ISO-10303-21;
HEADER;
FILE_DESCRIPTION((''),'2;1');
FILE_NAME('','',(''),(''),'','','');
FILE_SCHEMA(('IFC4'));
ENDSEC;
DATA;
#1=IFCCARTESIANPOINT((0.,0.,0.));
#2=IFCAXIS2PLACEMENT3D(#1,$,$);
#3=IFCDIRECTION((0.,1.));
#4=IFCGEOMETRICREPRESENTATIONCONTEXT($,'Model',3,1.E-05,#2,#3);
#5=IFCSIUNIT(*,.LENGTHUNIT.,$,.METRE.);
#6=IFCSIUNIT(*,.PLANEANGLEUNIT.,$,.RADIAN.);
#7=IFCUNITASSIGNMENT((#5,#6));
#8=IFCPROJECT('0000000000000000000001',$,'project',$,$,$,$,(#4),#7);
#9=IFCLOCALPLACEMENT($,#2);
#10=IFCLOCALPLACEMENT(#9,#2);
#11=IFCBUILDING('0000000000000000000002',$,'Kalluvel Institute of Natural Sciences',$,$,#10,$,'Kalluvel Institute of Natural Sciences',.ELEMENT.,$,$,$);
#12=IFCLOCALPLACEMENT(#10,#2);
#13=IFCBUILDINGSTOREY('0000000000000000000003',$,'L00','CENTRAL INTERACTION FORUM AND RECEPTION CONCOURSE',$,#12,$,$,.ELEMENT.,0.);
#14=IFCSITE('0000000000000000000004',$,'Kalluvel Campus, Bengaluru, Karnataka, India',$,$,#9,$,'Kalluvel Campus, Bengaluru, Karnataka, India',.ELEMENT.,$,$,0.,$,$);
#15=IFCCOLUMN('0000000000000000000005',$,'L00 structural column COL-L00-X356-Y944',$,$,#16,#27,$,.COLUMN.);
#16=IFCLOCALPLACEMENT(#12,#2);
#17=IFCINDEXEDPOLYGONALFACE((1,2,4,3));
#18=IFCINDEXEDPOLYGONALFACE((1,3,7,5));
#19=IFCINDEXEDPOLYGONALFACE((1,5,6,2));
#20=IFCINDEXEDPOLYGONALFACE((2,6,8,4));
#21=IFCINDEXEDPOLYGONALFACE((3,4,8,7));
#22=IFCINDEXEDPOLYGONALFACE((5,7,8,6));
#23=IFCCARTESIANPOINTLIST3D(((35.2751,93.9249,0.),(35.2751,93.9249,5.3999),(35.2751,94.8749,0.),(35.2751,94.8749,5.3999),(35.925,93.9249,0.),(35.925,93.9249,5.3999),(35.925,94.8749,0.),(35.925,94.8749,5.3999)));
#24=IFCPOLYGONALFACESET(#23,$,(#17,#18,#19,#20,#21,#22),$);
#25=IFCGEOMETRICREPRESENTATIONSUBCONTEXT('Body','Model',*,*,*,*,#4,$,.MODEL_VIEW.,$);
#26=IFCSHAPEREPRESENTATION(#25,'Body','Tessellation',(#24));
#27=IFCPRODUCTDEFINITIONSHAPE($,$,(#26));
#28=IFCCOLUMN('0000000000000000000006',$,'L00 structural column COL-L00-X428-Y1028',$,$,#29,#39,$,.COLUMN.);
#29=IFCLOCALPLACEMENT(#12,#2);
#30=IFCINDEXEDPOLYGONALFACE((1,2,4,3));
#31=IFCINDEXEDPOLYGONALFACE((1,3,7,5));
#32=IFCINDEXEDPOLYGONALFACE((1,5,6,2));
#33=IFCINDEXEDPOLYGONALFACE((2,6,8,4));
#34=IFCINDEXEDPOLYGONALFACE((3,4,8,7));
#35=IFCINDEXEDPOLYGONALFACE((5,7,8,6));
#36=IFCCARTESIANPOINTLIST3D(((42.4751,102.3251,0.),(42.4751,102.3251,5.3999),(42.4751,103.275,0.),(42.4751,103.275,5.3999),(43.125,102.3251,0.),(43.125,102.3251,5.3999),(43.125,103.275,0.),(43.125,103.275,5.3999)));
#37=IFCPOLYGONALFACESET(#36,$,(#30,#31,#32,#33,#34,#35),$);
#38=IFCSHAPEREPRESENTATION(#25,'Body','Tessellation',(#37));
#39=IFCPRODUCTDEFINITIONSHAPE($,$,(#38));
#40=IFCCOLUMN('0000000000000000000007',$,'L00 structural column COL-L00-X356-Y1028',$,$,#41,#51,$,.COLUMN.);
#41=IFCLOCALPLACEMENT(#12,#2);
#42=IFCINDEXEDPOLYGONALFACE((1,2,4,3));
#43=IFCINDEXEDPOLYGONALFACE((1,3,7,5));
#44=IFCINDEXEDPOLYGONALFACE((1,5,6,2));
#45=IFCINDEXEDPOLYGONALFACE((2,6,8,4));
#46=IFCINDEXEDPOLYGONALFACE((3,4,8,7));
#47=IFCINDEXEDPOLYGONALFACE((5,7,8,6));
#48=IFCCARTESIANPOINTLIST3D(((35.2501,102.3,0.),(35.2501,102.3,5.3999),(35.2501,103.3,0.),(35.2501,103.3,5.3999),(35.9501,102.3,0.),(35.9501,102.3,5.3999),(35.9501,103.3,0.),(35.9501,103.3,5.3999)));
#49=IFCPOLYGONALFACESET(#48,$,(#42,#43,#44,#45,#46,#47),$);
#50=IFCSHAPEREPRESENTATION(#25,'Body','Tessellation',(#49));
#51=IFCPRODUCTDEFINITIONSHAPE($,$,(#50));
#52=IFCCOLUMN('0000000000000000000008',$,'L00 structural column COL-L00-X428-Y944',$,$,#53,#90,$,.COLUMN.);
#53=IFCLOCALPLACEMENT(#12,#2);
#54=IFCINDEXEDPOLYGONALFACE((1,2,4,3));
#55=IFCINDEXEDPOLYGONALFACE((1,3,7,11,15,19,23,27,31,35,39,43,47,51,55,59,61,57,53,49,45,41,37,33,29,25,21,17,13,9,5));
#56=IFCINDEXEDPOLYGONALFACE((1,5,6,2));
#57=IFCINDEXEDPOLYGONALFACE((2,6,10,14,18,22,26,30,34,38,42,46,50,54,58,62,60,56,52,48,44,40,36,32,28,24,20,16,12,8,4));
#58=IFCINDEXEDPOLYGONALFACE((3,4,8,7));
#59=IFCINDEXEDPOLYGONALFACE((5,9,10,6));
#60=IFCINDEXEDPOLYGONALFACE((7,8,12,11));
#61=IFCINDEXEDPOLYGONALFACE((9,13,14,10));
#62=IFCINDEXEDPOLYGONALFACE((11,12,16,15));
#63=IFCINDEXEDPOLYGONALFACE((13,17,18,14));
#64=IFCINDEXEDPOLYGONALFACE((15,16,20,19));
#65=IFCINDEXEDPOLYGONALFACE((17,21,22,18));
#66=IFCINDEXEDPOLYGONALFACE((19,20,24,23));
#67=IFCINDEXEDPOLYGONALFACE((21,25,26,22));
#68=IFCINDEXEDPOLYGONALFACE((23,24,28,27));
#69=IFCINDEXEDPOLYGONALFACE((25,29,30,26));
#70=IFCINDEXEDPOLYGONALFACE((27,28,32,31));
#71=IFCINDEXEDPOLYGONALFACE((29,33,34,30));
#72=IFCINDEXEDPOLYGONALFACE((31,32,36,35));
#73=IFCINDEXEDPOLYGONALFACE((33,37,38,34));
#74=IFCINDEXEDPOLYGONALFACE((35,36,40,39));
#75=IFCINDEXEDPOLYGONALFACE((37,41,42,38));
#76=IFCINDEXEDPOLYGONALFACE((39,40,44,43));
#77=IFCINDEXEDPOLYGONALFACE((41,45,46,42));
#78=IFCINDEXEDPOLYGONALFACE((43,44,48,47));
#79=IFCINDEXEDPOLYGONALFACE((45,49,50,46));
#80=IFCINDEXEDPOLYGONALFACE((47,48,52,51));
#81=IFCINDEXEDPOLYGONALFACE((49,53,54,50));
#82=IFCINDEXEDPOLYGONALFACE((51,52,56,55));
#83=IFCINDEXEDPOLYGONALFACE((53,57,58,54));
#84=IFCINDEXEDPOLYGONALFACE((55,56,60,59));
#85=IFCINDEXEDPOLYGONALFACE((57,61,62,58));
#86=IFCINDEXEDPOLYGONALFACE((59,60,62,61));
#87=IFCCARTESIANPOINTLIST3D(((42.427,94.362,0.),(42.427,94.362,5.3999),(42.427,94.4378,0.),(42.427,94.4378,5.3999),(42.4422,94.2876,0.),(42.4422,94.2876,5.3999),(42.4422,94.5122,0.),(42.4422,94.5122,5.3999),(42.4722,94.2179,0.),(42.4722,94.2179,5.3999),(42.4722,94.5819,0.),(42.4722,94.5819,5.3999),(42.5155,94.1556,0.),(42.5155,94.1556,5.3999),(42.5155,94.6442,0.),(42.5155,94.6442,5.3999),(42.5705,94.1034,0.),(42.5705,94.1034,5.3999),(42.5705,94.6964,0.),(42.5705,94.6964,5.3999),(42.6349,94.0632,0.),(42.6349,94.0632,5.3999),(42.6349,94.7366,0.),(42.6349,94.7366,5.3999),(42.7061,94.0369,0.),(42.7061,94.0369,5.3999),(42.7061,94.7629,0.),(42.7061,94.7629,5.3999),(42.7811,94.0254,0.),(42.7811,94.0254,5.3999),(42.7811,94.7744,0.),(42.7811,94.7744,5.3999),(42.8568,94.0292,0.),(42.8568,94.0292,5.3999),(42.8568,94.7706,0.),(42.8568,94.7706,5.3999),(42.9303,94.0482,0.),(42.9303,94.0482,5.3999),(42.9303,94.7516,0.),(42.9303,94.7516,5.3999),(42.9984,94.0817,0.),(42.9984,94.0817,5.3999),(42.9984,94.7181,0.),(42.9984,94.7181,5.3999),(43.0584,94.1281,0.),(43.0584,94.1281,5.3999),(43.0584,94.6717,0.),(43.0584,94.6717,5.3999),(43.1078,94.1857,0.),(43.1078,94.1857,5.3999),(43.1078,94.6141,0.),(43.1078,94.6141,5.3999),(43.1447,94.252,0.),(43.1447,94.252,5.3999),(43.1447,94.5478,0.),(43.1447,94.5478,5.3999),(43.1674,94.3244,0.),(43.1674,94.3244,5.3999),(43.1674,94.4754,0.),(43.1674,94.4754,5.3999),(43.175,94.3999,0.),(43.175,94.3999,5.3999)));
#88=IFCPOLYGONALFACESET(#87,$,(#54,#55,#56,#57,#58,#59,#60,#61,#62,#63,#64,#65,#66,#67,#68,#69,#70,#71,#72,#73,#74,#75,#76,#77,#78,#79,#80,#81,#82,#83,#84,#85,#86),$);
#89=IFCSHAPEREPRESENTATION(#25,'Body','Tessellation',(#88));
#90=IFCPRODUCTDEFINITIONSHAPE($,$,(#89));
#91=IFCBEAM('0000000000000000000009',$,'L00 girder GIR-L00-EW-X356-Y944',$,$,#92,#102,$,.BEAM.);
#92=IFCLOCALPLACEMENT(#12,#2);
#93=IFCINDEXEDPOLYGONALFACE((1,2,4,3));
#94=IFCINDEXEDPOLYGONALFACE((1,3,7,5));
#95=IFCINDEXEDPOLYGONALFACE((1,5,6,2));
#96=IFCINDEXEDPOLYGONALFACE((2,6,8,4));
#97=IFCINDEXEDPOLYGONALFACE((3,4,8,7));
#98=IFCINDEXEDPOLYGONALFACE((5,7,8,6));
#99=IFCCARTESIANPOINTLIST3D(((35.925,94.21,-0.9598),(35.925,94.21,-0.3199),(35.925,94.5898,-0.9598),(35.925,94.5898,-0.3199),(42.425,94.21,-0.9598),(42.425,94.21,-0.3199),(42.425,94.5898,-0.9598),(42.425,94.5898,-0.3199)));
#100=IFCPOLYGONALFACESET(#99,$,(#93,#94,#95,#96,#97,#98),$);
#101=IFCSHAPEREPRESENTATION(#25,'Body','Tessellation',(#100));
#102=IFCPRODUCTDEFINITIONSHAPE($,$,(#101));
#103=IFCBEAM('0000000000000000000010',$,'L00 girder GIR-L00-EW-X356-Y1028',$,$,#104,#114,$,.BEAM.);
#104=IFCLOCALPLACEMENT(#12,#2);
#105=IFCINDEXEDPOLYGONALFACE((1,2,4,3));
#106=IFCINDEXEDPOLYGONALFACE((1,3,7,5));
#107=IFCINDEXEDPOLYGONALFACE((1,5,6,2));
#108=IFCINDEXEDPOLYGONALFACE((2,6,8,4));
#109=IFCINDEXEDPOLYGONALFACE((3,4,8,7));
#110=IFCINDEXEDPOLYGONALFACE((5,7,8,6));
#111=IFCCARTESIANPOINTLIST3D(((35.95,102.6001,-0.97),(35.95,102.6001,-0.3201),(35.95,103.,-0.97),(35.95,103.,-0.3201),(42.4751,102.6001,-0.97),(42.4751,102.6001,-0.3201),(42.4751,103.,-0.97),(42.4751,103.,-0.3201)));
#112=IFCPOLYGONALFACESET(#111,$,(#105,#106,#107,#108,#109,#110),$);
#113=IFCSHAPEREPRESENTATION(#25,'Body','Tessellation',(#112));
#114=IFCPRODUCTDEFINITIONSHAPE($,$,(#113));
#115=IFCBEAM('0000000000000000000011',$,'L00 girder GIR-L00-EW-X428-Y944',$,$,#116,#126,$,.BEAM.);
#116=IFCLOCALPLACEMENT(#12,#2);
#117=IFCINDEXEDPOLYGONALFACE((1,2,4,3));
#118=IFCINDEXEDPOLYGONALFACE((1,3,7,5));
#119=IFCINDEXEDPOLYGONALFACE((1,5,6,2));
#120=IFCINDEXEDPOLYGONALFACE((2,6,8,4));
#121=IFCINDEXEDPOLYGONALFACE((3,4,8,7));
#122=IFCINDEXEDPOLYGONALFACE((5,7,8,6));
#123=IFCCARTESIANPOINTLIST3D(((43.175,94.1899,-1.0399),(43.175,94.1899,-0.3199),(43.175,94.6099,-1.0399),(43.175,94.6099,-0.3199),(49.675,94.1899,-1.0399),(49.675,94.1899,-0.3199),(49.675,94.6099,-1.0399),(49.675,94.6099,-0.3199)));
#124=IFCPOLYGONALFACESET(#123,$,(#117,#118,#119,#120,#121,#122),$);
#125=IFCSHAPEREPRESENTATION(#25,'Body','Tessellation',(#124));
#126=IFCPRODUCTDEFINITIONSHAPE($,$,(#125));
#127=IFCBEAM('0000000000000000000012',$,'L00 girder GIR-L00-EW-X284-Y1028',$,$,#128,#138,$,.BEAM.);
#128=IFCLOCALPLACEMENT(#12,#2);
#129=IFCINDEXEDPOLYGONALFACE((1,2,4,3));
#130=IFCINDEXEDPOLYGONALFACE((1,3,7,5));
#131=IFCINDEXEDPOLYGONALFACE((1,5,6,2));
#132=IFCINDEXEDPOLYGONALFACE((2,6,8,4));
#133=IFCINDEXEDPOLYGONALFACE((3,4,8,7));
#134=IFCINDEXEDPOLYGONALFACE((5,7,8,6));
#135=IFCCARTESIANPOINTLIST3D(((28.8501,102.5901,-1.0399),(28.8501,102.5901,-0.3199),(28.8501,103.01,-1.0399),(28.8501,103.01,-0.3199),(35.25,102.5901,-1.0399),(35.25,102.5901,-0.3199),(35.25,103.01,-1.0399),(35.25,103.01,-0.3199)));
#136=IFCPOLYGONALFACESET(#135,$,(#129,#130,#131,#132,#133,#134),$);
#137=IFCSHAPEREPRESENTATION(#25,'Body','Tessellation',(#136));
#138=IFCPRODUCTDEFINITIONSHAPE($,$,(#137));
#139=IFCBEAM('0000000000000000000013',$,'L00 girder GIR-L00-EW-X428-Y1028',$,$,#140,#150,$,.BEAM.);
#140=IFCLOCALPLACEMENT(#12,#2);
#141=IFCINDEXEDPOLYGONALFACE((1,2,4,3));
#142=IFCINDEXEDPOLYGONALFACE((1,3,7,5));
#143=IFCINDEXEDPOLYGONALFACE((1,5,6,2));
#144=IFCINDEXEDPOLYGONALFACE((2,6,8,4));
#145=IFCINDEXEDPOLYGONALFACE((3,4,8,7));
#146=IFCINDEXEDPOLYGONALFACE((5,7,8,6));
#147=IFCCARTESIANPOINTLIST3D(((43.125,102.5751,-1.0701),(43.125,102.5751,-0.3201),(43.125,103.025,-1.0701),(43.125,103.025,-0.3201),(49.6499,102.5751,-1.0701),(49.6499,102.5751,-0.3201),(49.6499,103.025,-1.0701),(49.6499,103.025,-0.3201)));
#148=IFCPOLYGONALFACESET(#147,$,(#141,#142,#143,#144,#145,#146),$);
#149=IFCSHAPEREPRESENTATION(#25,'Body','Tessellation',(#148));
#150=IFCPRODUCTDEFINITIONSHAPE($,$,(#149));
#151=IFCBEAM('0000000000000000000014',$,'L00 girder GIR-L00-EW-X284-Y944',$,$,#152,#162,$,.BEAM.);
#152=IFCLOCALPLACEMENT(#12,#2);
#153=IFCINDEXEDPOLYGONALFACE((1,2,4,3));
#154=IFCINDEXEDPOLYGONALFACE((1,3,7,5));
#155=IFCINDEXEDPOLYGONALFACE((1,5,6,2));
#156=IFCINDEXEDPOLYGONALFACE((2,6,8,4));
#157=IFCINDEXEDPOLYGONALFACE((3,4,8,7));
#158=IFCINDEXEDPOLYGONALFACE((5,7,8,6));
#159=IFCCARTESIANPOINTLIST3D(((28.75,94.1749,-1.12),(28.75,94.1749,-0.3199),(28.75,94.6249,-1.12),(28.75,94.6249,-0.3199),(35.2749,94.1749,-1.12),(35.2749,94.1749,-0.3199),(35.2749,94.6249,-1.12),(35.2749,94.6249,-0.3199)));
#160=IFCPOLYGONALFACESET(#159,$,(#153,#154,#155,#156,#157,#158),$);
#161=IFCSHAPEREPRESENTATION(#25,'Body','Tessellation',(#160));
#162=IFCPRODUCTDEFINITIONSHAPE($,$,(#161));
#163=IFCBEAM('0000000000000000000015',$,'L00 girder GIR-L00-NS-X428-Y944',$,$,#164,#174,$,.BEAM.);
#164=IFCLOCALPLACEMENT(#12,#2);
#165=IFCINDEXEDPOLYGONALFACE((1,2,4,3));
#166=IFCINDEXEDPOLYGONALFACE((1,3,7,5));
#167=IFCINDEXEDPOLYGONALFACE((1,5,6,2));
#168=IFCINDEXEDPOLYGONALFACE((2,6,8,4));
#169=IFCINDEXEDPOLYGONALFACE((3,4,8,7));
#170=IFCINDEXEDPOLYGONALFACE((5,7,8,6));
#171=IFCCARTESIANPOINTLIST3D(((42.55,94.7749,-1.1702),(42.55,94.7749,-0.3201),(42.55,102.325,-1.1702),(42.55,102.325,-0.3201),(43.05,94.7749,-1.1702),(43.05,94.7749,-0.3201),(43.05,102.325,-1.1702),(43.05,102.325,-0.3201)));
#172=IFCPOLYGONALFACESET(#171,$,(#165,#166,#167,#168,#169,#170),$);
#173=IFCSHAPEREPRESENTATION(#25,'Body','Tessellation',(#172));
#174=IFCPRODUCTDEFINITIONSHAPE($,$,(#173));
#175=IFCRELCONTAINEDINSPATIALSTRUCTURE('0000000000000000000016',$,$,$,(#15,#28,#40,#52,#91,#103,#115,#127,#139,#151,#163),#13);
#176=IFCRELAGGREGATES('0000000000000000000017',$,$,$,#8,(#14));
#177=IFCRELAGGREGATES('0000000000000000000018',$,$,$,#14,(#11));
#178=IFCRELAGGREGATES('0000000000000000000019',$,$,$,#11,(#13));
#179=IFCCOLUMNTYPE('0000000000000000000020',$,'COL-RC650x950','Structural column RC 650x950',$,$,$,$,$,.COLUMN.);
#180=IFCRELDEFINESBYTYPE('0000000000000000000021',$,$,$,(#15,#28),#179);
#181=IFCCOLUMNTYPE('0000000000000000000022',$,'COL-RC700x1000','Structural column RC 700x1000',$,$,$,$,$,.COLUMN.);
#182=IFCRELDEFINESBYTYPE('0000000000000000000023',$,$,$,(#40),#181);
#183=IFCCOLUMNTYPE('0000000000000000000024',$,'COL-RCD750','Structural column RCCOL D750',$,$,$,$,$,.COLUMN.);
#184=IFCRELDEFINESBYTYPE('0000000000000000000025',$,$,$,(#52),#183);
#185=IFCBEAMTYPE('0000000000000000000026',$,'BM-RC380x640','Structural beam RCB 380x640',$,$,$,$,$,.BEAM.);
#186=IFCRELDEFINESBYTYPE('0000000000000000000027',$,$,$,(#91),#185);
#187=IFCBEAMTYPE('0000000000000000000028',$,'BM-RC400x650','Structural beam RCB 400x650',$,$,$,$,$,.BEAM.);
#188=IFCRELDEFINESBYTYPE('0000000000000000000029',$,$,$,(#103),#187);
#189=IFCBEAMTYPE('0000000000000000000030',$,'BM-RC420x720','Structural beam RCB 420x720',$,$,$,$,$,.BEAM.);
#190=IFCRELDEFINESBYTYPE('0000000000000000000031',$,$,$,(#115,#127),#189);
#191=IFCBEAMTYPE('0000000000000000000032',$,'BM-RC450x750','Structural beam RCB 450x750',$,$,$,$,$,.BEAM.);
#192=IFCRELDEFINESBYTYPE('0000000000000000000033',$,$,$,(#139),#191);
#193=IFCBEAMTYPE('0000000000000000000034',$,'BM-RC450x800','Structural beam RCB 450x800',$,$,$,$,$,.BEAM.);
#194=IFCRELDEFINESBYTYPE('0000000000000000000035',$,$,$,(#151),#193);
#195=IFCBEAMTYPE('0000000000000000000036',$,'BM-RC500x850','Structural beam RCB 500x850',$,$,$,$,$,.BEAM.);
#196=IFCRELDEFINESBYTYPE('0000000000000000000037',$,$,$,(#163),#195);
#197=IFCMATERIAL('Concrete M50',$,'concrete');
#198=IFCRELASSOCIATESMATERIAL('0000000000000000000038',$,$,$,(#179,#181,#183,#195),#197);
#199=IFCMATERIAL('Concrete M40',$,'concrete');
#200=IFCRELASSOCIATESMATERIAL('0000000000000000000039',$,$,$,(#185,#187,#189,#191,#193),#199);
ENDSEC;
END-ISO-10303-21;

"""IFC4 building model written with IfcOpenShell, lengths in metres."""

from ifc_helpers import new_model, si_unit, direction, frame, origin, origin_2d, place, context, subcontext, project, spatial, rectangle, circle, extrude, material, material_profile, profile_set, type_object, element, save


model = new_model("IFC4")

# Units and contexts
model_context = context("Model", 3, precision=1e-05, world=origin(), true_north=direction((0.0, 1.0)))
body_context = subcontext(model_context, "Body", "Model", "MODEL_VIEW")
ifc_project = project(units=[si_unit("LENGTHUNIT", "METRE"), si_unit("PLANEANGLEUNIT", "RADIAN")], contexts=[model_context])

# Site, building, storey
site_placement = place(None, origin())
site = spatial("IfcSite", under=ifc_project, at=site_placement, Name="Kalluvel Campus, Bengaluru, Karnataka, India", LongName="Kalluvel Campus, Bengaluru, Karnataka, India", CompositionType="ELEMENT", RefElevation=0.0)
building_placement = place(site_placement, origin())
building = spatial("IfcBuilding", under=site, at=building_placement, Name="Kalluvel Institute of Natural Sciences", LongName="Kalluvel Institute of Natural Sciences", CompositionType="ELEMENT")
storey_placement = place(building_placement, origin())
storey = spatial("IfcBuildingStorey", under=building, at=storey_placement, Name="L00", Description="CENTRAL INTERACTION FORUM AND RECEPTION CONCOURSE", CompositionType="ELEMENT", Elevation=0.0)

# Columns
ifc_material_1 = material(Name="Concrete M50", Category="concrete")
ifc_material_profile_1 = material_profile(ifc_material_1, rectangle(XDim=0.6499, YDim=0.95, at=origin_2d()), Name="RC 650x950")
ifc_profile_set_1 = profile_set([ifc_material_profile_1], Name="Concrete M50")
column_type_1 = type_object("IfcColumnType", Name="COL-RC650x950", Description="Structural column RC 650x950", PredefinedType="COLUMN", material=ifc_profile_set_1)
for number, where, z_axis, x_axis, name in (
    (1, (35.6001, 94.3999, 0.0), (0.0, 0.0, 1.0), (1.0, 0.0, 0.0), "L00 structural column COL-L00-X356-Y944"),
    (2, (42.8, 102.8, 0.0), (0.0, 0.0, 1.0), (1.0, 0.0, 0.0), "L00 structural column COL-L00-X428-Y1028"),
):
    element("IfcColumn", number, at=place(storey_placement, frame(where, z_axis=z_axis, x_axis=x_axis)), inside=storey, type_object=column_type_1, Name=name, PredefinedType="COLUMN", context=body_context, shape_type="SweptSolid", body=[
        extrude(rectangle(XDim=0.6499, YDim=0.95, at=origin_2d()), origin(), (0.0, 0.0, 1.0), 5.3999),
    ])
ifc_material_profile_2 = material_profile(ifc_material_1, rectangle(XDim=0.7, YDim=1.0, at=origin_2d()), Name="RC 700x1000")
ifc_profile_set_2 = profile_set([ifc_material_profile_2], Name="Concrete M50")
column_type_2 = type_object("IfcColumnType", Name="COL-RC700x1000", Description="Structural column RC 700x1000", PredefinedType="COLUMN", material=ifc_profile_set_2)
column_1_placement = place(storey_placement, frame((35.6001, 102.8, 0.0), z_axis=(0.0, 0.0, 1.0), x_axis=(1.0, 0.0, 0.0)))
element("IfcColumn", 3, at=column_1_placement, inside=storey, type_object=column_type_2, Name="L00 structural column COL-L00-X356-Y1028", PredefinedType="COLUMN", context=body_context, shape_type="SweptSolid", body=[
    extrude(rectangle(XDim=0.7, YDim=1.0, at=origin_2d()), origin(), (0.0, 0.0, 1.0), 5.3999),
])
ifc_material_profile_3 = material_profile(ifc_material_1, circle(Radius=0.375, at=origin_2d()), Name="RCCOL D750")
ifc_profile_set_3 = profile_set([ifc_material_profile_3], Name="Concrete M50")
column_type_3 = type_object("IfcColumnType", Name="COL-RCD750", Description="Structural column RCCOL D750", PredefinedType="COLUMN", material=ifc_profile_set_3)
column_2_placement = place(storey_placement, frame((42.8, 94.3999, 0.0), z_axis=(0.0, 0.0, 1.0), x_axis=(1.0, 0.0, 0.0)))
element("IfcColumn", 4, at=column_2_placement, inside=storey, type_object=column_type_3, Name="L00 structural column COL-L00-X428-Y944", PredefinedType="COLUMN", context=body_context, shape_type="SweptSolid", body=[
    extrude(circle(Radius=0.375, at=origin_2d()), origin(), (0.0, 0.0, 1.0), 5.3999),
])

# Beams
ifc_material_2 = material(Name="Concrete M40", Category="concrete")
ifc_material_profile_4 = material_profile(ifc_material_2, rectangle(XDim=0.3799, YDim=0.6399, at=origin_2d()), Name="RCB 380x640")
ifc_profile_set_4 = profile_set([ifc_material_profile_4], Name="Concrete M40")
beam_type_1 = type_object("IfcBeamType", Name="BM-RC380x640", Description="Structural beam RCB 380x640", PredefinedType="BEAM", material=ifc_profile_set_4)
beam_1_placement = place(storey_placement, frame((35.925, 94.3999, -0.6399), z_axis=(1.0, 0.0, 0.0), x_axis=(0.0, 1.0, 0.0)))
element("IfcBeam", 5, at=beam_1_placement, inside=storey, type_object=beam_type_1, Name="L00 girder GIR-L00-EW-X356-Y944", PredefinedType="BEAM", context=body_context, shape_type="SweptSolid", body=[
    extrude(rectangle(XDim=0.3799, YDim=0.6399, at=origin_2d()), origin(), (0.0, 0.0, 1.0), 6.5),
])
ifc_material_profile_5 = material_profile(ifc_material_2, rectangle(XDim=0.3999, YDim=0.6499, at=origin_2d()), Name="RCB 400x650")
ifc_profile_set_5 = profile_set([ifc_material_profile_5], Name="Concrete M40")
beam_type_2 = type_object("IfcBeamType", Name="BM-RC400x650", Description="Structural beam RCB 400x650", PredefinedType="BEAM", material=ifc_profile_set_5)
beam_2_placement = place(storey_placement, frame((35.95, 102.8, -0.645), z_axis=(1.0, 0.0, 0.0), x_axis=(0.0, 1.0, 0.0)))
element("IfcBeam", 6, at=beam_2_placement, inside=storey, type_object=beam_type_2, Name="L00 girder GIR-L00-EW-X356-Y1028", PredefinedType="BEAM", context=body_context, shape_type="SweptSolid", body=[
    extrude(rectangle(XDim=0.3999, YDim=0.6499, at=origin_2d()), origin(), (0.0, 0.0, 1.0), 6.5251),
])
ifc_material_profile_6 = material_profile(ifc_material_2, rectangle(XDim=0.4199, YDim=0.72, at=origin_2d()), Name="RCB 420x720")
ifc_profile_set_6 = profile_set([ifc_material_profile_6], Name="Concrete M40")
beam_type_3 = type_object("IfcBeamType", Name="BM-RC420x720", Description="Structural beam RCB 420x720", PredefinedType="BEAM", material=ifc_profile_set_6)
beam_3_placement = place(storey_placement, frame((43.175, 94.3999, -0.6799), z_axis=(1.0, 0.0, 0.0), x_axis=(0.0, 1.0, 0.0)))
element("IfcBeam", 7, at=beam_3_placement, inside=storey, type_object=beam_type_3, Name="L00 girder GIR-L00-EW-X428-Y944", PredefinedType="BEAM", context=body_context, shape_type="SweptSolid", body=[
    extrude(rectangle(XDim=0.4199, YDim=0.72, at=origin_2d()), origin(), (0.0, 0.0, 1.0), 6.5),
])
beam_4_placement = place(storey_placement, frame((28.8501, 102.8, -0.6799), z_axis=(1.0, 0.0, 0.0), x_axis=(0.0, 1.0, 0.0)))
element("IfcBeam", 8, at=beam_4_placement, inside=storey, type_object=beam_type_3, Name="L00 girder GIR-L00-EW-X284-Y1028", PredefinedType="BEAM", context=body_context, shape_type="SweptSolid", body=[
    extrude(rectangle(XDim=0.4199, YDim=0.72, at=origin_2d()), origin(), (0.0, 0.0, 1.0), 6.3999),
])
ifc_material_profile_7 = material_profile(ifc_material_2, rectangle(XDim=0.45, YDim=0.75, at=origin_2d()), Name="RCB 450x750")
ifc_profile_set_7 = profile_set([ifc_material_profile_7], Name="Concrete M40")
beam_type_4 = type_object("IfcBeamType", Name="BM-RC450x750", Description="Structural beam RCB 450x750", PredefinedType="BEAM", material=ifc_profile_set_7)
beam_5_placement = place(storey_placement, frame((43.125, 102.8, -0.6951), z_axis=(1.0, 0.0, 0.0), x_axis=(0.0, 1.0, 0.0)))
element("IfcBeam", 9, at=beam_5_placement, inside=storey, type_object=beam_type_4, Name="L00 girder GIR-L00-EW-X428-Y1028", PredefinedType="BEAM", context=body_context, shape_type="SweptSolid", body=[
    extrude(rectangle(XDim=0.45, YDim=0.75, at=origin_2d()), origin(), (0.0, 0.0, 1.0), 6.5249),
])
ifc_material_profile_8 = material_profile(ifc_material_2, rectangle(XDim=0.45, YDim=0.8, at=origin_2d()), Name="RCB 450x800")
ifc_profile_set_8 = profile_set([ifc_material_profile_8], Name="Concrete M40")
beam_type_5 = type_object("IfcBeamType", Name="BM-RC450x800", Description="Structural beam RCB 450x800", PredefinedType="BEAM", material=ifc_profile_set_8)
beam_6_placement = place(storey_placement, frame((28.75, 94.3999, -0.72), z_axis=(1.0, 0.0, 0.0), x_axis=(0.0, 1.0, 0.0)))
element("IfcBeam", 10, at=beam_6_placement, inside=storey, type_object=beam_type_5, Name="L00 girder GIR-L00-EW-X284-Y944", PredefinedType="BEAM", context=body_context, shape_type="SweptSolid", body=[
    extrude(rectangle(XDim=0.45, YDim=0.8, at=origin_2d()), origin(), (0.0, 0.0, 1.0), 6.5249),
])
ifc_material_profile_9 = material_profile(ifc_material_1, rectangle(XDim=0.5, YDim=0.8501, at=origin_2d()), Name="RCB 500x850")
ifc_profile_set_9 = profile_set([ifc_material_profile_9], Name="Concrete M50")
beam_type_6 = type_object("IfcBeamType", Name="BM-RC500x850", Description="Structural beam RCB 500x850", PredefinedType="BEAM", material=ifc_profile_set_9)
beam_7_placement = place(storey_placement, frame((42.8, 94.7749, -0.7451), z_axis=(0.0, 1.0, 0.0), x_axis=(-1.0, 0.0, 0.0)))
element("IfcBeam", 11, at=beam_7_placement, inside=storey, type_object=beam_type_6, Name="L00 girder GIR-L00-NS-X428-Y944", PredefinedType="BEAM", context=body_context, shape_type="SweptSolid", body=[
    extrude(rectangle(XDim=0.5, YDim=0.8501, at=origin_2d()), origin(), (0.0, 0.0, 1.0), 7.55),
])

save(model, "model.ifc")
